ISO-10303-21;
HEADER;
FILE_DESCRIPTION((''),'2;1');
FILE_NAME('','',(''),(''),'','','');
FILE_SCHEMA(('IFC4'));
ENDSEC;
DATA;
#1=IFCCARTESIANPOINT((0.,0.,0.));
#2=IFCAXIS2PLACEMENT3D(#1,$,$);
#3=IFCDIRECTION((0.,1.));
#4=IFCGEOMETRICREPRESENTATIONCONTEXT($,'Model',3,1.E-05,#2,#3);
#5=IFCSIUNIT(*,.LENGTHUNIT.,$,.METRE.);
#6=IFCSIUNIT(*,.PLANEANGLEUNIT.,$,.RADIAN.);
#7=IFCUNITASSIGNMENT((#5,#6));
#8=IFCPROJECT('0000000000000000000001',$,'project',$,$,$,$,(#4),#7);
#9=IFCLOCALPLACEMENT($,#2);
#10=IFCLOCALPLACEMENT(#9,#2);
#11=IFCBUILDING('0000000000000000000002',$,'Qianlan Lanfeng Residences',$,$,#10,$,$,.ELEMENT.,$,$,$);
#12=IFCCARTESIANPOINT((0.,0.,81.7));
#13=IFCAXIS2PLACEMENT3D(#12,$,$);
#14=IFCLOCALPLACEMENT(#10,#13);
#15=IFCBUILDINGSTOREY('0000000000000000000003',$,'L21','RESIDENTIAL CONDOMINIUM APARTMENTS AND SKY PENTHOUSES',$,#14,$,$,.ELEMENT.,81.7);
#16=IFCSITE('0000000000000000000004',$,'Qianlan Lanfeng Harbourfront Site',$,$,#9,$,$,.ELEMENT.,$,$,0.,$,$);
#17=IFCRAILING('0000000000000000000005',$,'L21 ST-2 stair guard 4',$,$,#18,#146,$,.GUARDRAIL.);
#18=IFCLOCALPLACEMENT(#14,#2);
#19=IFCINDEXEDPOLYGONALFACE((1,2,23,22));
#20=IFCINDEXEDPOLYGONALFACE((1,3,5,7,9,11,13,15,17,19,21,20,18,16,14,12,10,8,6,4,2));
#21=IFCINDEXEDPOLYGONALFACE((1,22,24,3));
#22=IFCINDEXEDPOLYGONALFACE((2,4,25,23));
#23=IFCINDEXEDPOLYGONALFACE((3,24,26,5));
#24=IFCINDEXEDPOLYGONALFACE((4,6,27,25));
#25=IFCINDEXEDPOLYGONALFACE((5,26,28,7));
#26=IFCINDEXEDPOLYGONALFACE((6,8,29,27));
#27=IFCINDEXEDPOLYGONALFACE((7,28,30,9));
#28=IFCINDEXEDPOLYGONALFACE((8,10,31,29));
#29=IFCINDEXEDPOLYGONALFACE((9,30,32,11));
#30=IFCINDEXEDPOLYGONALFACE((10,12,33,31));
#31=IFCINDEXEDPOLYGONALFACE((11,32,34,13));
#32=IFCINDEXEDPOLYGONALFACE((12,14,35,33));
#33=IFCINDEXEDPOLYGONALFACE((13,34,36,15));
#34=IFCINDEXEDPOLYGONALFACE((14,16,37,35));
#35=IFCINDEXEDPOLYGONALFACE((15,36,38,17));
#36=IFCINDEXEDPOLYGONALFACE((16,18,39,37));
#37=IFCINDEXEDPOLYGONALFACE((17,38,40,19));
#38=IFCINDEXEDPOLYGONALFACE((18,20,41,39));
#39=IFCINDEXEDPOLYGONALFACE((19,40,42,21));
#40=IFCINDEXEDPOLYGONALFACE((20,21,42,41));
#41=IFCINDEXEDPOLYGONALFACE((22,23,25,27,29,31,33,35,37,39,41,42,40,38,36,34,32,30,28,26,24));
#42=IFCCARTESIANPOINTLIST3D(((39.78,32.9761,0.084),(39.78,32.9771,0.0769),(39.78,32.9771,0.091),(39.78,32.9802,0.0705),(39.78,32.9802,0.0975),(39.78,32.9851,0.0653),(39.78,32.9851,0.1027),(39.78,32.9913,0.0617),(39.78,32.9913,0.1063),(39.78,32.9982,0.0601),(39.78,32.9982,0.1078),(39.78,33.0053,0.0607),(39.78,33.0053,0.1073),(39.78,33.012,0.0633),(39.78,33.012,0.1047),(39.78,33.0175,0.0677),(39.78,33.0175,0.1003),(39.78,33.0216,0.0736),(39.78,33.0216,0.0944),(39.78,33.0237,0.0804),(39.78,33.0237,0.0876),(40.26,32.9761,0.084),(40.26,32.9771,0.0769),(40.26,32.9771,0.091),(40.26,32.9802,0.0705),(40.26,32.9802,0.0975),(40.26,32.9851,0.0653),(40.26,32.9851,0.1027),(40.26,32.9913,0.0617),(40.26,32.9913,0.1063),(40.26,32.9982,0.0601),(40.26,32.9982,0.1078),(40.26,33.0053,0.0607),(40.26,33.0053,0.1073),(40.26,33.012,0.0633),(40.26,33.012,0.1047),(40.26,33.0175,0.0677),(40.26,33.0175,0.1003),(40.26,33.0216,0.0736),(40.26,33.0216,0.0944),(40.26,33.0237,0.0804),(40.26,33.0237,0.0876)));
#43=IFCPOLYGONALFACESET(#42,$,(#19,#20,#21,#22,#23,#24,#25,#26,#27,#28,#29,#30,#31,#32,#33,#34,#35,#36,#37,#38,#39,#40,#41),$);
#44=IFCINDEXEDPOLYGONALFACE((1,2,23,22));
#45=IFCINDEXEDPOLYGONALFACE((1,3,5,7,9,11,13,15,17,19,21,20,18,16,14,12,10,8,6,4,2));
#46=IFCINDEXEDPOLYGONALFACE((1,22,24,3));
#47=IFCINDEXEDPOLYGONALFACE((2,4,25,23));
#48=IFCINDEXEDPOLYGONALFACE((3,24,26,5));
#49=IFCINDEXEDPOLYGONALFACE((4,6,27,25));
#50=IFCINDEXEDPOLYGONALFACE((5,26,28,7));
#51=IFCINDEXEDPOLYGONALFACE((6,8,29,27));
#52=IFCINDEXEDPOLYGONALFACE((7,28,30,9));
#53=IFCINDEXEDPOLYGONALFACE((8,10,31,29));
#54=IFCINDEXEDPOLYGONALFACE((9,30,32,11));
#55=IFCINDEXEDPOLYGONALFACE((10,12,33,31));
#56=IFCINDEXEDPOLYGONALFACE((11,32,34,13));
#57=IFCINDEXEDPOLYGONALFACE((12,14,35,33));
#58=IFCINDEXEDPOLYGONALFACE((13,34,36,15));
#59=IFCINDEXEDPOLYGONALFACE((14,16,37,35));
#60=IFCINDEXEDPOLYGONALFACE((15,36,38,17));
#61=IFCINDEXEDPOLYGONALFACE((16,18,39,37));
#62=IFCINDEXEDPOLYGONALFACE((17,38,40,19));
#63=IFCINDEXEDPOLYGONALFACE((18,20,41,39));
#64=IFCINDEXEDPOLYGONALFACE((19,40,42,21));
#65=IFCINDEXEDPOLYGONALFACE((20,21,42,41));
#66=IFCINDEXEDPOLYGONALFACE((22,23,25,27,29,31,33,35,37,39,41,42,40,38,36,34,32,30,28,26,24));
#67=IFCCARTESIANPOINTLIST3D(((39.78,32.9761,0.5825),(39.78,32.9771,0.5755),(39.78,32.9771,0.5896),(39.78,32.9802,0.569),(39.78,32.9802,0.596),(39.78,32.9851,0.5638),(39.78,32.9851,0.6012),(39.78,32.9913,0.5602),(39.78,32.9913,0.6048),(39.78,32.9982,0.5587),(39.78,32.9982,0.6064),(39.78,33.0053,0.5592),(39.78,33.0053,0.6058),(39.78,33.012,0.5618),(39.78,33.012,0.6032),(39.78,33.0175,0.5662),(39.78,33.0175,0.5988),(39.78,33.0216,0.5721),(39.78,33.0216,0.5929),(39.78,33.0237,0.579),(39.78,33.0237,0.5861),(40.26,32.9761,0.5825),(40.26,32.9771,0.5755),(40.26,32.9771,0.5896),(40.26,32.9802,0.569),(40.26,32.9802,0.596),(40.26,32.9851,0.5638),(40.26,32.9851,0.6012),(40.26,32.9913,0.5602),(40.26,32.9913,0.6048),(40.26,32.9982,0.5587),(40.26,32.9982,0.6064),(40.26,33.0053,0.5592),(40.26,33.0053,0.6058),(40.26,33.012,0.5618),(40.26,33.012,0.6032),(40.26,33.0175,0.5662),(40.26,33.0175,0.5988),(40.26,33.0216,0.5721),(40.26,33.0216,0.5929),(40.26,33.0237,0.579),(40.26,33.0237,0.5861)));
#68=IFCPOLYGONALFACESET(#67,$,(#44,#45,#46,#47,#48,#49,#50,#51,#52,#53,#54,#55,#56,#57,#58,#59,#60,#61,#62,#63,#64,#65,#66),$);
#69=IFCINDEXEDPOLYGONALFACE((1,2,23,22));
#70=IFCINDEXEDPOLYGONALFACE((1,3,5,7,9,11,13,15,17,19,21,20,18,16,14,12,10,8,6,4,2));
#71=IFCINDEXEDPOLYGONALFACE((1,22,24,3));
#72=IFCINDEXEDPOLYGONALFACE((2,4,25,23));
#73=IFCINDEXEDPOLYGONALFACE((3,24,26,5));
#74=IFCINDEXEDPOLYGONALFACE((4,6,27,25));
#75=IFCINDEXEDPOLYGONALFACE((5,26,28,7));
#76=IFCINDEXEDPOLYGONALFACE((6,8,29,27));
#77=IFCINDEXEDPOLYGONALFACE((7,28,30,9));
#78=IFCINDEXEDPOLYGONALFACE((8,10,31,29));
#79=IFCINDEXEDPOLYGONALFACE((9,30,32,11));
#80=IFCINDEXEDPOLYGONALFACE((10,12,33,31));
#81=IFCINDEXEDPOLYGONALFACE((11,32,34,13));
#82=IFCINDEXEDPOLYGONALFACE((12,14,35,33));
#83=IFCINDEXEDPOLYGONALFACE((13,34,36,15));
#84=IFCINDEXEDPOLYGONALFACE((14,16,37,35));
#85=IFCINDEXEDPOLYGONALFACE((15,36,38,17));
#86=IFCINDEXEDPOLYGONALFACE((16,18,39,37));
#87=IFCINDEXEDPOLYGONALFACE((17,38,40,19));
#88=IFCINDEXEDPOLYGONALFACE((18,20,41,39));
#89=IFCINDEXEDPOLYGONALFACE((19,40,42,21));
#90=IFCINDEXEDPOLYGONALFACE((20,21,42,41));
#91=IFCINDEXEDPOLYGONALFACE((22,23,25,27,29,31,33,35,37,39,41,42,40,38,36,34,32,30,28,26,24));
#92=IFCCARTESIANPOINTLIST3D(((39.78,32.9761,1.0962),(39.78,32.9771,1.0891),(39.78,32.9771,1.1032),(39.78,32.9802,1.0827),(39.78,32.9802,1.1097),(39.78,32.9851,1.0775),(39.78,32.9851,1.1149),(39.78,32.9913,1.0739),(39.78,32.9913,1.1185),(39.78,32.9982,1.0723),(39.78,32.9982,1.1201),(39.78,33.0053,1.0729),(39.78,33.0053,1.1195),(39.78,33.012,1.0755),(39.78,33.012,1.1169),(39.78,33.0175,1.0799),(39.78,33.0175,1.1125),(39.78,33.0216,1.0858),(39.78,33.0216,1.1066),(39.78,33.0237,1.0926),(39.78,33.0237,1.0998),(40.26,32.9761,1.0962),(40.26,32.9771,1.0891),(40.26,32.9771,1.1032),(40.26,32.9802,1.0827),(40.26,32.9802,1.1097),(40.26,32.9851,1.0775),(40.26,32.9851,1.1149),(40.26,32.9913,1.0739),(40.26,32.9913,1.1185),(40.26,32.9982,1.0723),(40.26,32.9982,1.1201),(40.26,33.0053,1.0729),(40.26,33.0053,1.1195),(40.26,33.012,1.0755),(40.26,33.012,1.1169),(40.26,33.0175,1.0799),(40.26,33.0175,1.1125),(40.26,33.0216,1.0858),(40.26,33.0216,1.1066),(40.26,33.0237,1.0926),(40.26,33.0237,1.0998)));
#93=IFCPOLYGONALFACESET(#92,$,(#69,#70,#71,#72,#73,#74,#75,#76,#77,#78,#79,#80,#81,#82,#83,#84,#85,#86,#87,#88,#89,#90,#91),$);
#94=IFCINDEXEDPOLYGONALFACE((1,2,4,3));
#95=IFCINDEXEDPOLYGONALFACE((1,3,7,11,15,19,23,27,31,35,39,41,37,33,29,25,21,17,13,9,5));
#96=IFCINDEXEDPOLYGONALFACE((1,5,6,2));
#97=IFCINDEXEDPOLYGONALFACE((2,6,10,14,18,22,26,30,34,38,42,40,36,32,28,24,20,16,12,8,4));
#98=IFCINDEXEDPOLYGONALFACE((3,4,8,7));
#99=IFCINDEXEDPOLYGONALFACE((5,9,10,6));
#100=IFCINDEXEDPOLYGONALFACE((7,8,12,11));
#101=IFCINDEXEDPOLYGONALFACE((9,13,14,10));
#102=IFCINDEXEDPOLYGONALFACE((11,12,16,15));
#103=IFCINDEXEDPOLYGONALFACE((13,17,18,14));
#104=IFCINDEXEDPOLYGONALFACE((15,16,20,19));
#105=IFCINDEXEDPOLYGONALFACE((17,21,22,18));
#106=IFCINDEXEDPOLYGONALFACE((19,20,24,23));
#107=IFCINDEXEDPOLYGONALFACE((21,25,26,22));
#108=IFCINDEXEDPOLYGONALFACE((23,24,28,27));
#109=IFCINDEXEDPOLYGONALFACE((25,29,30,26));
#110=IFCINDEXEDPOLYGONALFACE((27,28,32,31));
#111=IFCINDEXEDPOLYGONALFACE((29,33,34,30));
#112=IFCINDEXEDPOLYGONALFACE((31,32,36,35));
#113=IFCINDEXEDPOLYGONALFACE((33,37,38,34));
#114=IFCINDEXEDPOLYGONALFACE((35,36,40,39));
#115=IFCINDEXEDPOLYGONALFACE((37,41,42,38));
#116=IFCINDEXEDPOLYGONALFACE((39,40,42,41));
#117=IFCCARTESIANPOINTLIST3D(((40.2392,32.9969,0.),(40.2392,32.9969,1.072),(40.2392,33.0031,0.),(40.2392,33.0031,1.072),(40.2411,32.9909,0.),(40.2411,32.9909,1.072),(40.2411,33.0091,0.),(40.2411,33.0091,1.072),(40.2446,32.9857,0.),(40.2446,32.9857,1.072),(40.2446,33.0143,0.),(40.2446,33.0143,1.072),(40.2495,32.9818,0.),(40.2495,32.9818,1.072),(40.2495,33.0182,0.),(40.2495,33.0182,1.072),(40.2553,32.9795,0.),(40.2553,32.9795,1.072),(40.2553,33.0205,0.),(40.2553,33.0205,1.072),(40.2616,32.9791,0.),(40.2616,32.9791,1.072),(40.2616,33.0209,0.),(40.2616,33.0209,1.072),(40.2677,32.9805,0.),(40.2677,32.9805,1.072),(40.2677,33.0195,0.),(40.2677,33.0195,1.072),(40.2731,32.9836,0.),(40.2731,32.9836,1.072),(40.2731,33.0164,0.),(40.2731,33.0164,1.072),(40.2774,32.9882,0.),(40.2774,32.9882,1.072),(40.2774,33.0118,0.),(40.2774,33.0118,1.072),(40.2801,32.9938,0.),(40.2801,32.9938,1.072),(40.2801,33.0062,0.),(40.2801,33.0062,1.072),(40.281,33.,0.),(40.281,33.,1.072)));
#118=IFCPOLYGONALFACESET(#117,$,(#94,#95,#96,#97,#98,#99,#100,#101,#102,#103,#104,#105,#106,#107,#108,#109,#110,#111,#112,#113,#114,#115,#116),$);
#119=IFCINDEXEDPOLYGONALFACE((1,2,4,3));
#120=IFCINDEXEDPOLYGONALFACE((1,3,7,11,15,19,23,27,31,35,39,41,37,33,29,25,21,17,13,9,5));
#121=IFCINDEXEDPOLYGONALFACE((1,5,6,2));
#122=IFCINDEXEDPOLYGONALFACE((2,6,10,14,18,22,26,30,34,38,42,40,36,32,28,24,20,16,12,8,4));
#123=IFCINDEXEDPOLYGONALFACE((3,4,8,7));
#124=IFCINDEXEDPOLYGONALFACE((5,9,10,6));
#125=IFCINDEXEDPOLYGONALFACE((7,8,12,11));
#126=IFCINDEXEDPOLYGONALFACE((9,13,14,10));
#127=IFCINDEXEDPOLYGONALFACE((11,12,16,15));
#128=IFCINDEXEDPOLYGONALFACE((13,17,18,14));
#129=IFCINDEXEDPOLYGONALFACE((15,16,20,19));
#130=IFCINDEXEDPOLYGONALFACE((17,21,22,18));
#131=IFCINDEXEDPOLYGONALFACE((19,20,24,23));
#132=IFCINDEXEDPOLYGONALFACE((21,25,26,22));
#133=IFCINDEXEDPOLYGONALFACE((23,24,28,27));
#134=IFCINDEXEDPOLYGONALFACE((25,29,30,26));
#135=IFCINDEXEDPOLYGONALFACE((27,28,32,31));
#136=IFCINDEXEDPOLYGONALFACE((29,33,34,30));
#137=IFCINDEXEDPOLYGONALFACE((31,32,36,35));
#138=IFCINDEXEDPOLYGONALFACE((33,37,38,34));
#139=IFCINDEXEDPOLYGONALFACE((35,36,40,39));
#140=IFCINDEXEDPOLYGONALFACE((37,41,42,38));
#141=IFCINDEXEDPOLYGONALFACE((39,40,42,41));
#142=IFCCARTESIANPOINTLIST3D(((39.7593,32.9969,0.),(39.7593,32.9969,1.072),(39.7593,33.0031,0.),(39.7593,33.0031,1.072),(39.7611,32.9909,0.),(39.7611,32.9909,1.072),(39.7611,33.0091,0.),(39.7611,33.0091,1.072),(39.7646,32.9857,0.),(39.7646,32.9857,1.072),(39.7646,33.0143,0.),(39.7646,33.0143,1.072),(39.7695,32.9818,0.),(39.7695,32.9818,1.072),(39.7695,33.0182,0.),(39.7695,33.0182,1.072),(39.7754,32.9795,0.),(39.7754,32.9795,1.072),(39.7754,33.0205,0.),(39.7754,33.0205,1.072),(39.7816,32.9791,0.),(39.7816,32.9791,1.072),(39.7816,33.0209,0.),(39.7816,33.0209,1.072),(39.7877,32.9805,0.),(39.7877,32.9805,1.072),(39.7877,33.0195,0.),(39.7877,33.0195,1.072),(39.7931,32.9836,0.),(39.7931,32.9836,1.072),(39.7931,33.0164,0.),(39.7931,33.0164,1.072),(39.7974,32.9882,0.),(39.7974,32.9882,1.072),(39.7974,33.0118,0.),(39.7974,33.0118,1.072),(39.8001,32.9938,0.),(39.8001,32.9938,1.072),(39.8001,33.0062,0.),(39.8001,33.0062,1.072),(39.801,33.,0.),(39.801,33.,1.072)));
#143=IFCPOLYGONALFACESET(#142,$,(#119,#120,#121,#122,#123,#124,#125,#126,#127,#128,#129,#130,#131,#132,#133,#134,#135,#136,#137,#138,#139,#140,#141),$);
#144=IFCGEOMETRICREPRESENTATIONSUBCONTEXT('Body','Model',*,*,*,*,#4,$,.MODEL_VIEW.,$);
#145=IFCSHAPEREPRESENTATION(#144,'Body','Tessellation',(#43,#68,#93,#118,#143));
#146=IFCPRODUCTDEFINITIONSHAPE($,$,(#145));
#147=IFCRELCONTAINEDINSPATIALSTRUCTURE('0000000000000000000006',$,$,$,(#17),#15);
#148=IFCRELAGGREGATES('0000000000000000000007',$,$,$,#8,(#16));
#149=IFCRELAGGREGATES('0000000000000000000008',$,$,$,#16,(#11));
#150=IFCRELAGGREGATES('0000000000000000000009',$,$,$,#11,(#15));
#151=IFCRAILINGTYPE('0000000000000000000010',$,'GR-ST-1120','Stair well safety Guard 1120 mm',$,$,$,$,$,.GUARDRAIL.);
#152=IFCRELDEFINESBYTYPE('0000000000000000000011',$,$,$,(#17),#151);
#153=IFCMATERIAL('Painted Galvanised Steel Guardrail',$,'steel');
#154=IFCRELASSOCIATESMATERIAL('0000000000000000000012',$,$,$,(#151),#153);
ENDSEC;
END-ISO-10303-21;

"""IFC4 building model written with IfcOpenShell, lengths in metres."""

from ifc_helpers import new_model, si_unit, direction, frame, origin, origin_2d, place, context, subcontext, project, spatial, circle, extrude, material, type_object, element, save


model = new_model("IFC4")

# Units and contexts
model_context = context("Model", 3, precision=1e-05, world=origin(), true_north=direction((0.0, 1.0)))
body_context = subcontext(model_context, "Body", "Model", "MODEL_VIEW")
ifc_project = project(units=[si_unit("LENGTHUNIT", "METRE"), si_unit("PLANEANGLEUNIT", "RADIAN")], contexts=[model_context])

# Site, building, storey
site_placement = place(None, origin())
site = spatial("IfcSite", under=ifc_project, at=site_placement, Name="Qianlan Lanfeng Harbourfront Site", CompositionType="ELEMENT", RefElevation=0.0)
building_placement = place(site_placement, origin())
building = spatial("IfcBuilding", under=site, at=building_placement, Name="Qianlan Lanfeng Residences", CompositionType="ELEMENT")
storey_placement = place(building_placement, frame((0.0, 0.0, 81.7)))
storey = spatial("IfcBuildingStorey", under=building, at=storey_placement, Name="L21", Description="RESIDENTIAL CONDOMINIUM APARTMENTS AND SKY PENTHOUSES", CompositionType="ELEMENT", Elevation=81.7)

# Railing
ifc_material_1 = material(Name="Painted Galvanised Steel Guardrail", Category="steel")
railing_type_1 = type_object("IfcRailingType", Name="GR-ST-1120", Description="Stair well safety Guard 1120 mm", PredefinedType="GUARDRAIL", material=ifc_material_1)
railing_1_placement = place(storey_placement, frame((40.26, 33.0, 0.0)))
element("IfcRailing", 1, at=railing_1_placement, inside=storey, type_object=railing_type_1, Name="L21 ST-2 stair guard 4", PredefinedType="GUARDRAIL", context=body_context, shape_type="SweptSolid", body=[
    extrude(circle(Radius=0.0239, at=origin_2d()), frame((0.0, 0.0, 0.084), z_axis=(-1.0, 0.0, 0.0), x_axis=(0.0, -1.0, 0.0)), (0.0, 0.0, 1.0), 0.48),
    extrude(circle(Radius=0.0239, at=origin_2d()), frame((0.0, 0.0, 0.5825), z_axis=(-1.0, 0.0, 0.0), x_axis=(0.0, -1.0, 0.0)), (0.0, 0.0, 1.0), 0.48),
    extrude(circle(Radius=0.0239, at=origin_2d()), frame((0.0, 0.0, 1.0962), z_axis=(-1.0, 0.0, 0.0), x_axis=(0.0, -1.0, 0.0)), (0.0, 0.0, 1.0), 0.48),
    extrude(circle(Radius=0.021, at=origin_2d()), origin(), (0.0, 0.0, 1.0), 1.072),
    extrude(circle(Radius=0.021, at=origin_2d()), frame((-0.48, 0.0, 0.0)), (0.0, 0.0, 1.0), 1.072),
])

save(model, "model.ifc")
